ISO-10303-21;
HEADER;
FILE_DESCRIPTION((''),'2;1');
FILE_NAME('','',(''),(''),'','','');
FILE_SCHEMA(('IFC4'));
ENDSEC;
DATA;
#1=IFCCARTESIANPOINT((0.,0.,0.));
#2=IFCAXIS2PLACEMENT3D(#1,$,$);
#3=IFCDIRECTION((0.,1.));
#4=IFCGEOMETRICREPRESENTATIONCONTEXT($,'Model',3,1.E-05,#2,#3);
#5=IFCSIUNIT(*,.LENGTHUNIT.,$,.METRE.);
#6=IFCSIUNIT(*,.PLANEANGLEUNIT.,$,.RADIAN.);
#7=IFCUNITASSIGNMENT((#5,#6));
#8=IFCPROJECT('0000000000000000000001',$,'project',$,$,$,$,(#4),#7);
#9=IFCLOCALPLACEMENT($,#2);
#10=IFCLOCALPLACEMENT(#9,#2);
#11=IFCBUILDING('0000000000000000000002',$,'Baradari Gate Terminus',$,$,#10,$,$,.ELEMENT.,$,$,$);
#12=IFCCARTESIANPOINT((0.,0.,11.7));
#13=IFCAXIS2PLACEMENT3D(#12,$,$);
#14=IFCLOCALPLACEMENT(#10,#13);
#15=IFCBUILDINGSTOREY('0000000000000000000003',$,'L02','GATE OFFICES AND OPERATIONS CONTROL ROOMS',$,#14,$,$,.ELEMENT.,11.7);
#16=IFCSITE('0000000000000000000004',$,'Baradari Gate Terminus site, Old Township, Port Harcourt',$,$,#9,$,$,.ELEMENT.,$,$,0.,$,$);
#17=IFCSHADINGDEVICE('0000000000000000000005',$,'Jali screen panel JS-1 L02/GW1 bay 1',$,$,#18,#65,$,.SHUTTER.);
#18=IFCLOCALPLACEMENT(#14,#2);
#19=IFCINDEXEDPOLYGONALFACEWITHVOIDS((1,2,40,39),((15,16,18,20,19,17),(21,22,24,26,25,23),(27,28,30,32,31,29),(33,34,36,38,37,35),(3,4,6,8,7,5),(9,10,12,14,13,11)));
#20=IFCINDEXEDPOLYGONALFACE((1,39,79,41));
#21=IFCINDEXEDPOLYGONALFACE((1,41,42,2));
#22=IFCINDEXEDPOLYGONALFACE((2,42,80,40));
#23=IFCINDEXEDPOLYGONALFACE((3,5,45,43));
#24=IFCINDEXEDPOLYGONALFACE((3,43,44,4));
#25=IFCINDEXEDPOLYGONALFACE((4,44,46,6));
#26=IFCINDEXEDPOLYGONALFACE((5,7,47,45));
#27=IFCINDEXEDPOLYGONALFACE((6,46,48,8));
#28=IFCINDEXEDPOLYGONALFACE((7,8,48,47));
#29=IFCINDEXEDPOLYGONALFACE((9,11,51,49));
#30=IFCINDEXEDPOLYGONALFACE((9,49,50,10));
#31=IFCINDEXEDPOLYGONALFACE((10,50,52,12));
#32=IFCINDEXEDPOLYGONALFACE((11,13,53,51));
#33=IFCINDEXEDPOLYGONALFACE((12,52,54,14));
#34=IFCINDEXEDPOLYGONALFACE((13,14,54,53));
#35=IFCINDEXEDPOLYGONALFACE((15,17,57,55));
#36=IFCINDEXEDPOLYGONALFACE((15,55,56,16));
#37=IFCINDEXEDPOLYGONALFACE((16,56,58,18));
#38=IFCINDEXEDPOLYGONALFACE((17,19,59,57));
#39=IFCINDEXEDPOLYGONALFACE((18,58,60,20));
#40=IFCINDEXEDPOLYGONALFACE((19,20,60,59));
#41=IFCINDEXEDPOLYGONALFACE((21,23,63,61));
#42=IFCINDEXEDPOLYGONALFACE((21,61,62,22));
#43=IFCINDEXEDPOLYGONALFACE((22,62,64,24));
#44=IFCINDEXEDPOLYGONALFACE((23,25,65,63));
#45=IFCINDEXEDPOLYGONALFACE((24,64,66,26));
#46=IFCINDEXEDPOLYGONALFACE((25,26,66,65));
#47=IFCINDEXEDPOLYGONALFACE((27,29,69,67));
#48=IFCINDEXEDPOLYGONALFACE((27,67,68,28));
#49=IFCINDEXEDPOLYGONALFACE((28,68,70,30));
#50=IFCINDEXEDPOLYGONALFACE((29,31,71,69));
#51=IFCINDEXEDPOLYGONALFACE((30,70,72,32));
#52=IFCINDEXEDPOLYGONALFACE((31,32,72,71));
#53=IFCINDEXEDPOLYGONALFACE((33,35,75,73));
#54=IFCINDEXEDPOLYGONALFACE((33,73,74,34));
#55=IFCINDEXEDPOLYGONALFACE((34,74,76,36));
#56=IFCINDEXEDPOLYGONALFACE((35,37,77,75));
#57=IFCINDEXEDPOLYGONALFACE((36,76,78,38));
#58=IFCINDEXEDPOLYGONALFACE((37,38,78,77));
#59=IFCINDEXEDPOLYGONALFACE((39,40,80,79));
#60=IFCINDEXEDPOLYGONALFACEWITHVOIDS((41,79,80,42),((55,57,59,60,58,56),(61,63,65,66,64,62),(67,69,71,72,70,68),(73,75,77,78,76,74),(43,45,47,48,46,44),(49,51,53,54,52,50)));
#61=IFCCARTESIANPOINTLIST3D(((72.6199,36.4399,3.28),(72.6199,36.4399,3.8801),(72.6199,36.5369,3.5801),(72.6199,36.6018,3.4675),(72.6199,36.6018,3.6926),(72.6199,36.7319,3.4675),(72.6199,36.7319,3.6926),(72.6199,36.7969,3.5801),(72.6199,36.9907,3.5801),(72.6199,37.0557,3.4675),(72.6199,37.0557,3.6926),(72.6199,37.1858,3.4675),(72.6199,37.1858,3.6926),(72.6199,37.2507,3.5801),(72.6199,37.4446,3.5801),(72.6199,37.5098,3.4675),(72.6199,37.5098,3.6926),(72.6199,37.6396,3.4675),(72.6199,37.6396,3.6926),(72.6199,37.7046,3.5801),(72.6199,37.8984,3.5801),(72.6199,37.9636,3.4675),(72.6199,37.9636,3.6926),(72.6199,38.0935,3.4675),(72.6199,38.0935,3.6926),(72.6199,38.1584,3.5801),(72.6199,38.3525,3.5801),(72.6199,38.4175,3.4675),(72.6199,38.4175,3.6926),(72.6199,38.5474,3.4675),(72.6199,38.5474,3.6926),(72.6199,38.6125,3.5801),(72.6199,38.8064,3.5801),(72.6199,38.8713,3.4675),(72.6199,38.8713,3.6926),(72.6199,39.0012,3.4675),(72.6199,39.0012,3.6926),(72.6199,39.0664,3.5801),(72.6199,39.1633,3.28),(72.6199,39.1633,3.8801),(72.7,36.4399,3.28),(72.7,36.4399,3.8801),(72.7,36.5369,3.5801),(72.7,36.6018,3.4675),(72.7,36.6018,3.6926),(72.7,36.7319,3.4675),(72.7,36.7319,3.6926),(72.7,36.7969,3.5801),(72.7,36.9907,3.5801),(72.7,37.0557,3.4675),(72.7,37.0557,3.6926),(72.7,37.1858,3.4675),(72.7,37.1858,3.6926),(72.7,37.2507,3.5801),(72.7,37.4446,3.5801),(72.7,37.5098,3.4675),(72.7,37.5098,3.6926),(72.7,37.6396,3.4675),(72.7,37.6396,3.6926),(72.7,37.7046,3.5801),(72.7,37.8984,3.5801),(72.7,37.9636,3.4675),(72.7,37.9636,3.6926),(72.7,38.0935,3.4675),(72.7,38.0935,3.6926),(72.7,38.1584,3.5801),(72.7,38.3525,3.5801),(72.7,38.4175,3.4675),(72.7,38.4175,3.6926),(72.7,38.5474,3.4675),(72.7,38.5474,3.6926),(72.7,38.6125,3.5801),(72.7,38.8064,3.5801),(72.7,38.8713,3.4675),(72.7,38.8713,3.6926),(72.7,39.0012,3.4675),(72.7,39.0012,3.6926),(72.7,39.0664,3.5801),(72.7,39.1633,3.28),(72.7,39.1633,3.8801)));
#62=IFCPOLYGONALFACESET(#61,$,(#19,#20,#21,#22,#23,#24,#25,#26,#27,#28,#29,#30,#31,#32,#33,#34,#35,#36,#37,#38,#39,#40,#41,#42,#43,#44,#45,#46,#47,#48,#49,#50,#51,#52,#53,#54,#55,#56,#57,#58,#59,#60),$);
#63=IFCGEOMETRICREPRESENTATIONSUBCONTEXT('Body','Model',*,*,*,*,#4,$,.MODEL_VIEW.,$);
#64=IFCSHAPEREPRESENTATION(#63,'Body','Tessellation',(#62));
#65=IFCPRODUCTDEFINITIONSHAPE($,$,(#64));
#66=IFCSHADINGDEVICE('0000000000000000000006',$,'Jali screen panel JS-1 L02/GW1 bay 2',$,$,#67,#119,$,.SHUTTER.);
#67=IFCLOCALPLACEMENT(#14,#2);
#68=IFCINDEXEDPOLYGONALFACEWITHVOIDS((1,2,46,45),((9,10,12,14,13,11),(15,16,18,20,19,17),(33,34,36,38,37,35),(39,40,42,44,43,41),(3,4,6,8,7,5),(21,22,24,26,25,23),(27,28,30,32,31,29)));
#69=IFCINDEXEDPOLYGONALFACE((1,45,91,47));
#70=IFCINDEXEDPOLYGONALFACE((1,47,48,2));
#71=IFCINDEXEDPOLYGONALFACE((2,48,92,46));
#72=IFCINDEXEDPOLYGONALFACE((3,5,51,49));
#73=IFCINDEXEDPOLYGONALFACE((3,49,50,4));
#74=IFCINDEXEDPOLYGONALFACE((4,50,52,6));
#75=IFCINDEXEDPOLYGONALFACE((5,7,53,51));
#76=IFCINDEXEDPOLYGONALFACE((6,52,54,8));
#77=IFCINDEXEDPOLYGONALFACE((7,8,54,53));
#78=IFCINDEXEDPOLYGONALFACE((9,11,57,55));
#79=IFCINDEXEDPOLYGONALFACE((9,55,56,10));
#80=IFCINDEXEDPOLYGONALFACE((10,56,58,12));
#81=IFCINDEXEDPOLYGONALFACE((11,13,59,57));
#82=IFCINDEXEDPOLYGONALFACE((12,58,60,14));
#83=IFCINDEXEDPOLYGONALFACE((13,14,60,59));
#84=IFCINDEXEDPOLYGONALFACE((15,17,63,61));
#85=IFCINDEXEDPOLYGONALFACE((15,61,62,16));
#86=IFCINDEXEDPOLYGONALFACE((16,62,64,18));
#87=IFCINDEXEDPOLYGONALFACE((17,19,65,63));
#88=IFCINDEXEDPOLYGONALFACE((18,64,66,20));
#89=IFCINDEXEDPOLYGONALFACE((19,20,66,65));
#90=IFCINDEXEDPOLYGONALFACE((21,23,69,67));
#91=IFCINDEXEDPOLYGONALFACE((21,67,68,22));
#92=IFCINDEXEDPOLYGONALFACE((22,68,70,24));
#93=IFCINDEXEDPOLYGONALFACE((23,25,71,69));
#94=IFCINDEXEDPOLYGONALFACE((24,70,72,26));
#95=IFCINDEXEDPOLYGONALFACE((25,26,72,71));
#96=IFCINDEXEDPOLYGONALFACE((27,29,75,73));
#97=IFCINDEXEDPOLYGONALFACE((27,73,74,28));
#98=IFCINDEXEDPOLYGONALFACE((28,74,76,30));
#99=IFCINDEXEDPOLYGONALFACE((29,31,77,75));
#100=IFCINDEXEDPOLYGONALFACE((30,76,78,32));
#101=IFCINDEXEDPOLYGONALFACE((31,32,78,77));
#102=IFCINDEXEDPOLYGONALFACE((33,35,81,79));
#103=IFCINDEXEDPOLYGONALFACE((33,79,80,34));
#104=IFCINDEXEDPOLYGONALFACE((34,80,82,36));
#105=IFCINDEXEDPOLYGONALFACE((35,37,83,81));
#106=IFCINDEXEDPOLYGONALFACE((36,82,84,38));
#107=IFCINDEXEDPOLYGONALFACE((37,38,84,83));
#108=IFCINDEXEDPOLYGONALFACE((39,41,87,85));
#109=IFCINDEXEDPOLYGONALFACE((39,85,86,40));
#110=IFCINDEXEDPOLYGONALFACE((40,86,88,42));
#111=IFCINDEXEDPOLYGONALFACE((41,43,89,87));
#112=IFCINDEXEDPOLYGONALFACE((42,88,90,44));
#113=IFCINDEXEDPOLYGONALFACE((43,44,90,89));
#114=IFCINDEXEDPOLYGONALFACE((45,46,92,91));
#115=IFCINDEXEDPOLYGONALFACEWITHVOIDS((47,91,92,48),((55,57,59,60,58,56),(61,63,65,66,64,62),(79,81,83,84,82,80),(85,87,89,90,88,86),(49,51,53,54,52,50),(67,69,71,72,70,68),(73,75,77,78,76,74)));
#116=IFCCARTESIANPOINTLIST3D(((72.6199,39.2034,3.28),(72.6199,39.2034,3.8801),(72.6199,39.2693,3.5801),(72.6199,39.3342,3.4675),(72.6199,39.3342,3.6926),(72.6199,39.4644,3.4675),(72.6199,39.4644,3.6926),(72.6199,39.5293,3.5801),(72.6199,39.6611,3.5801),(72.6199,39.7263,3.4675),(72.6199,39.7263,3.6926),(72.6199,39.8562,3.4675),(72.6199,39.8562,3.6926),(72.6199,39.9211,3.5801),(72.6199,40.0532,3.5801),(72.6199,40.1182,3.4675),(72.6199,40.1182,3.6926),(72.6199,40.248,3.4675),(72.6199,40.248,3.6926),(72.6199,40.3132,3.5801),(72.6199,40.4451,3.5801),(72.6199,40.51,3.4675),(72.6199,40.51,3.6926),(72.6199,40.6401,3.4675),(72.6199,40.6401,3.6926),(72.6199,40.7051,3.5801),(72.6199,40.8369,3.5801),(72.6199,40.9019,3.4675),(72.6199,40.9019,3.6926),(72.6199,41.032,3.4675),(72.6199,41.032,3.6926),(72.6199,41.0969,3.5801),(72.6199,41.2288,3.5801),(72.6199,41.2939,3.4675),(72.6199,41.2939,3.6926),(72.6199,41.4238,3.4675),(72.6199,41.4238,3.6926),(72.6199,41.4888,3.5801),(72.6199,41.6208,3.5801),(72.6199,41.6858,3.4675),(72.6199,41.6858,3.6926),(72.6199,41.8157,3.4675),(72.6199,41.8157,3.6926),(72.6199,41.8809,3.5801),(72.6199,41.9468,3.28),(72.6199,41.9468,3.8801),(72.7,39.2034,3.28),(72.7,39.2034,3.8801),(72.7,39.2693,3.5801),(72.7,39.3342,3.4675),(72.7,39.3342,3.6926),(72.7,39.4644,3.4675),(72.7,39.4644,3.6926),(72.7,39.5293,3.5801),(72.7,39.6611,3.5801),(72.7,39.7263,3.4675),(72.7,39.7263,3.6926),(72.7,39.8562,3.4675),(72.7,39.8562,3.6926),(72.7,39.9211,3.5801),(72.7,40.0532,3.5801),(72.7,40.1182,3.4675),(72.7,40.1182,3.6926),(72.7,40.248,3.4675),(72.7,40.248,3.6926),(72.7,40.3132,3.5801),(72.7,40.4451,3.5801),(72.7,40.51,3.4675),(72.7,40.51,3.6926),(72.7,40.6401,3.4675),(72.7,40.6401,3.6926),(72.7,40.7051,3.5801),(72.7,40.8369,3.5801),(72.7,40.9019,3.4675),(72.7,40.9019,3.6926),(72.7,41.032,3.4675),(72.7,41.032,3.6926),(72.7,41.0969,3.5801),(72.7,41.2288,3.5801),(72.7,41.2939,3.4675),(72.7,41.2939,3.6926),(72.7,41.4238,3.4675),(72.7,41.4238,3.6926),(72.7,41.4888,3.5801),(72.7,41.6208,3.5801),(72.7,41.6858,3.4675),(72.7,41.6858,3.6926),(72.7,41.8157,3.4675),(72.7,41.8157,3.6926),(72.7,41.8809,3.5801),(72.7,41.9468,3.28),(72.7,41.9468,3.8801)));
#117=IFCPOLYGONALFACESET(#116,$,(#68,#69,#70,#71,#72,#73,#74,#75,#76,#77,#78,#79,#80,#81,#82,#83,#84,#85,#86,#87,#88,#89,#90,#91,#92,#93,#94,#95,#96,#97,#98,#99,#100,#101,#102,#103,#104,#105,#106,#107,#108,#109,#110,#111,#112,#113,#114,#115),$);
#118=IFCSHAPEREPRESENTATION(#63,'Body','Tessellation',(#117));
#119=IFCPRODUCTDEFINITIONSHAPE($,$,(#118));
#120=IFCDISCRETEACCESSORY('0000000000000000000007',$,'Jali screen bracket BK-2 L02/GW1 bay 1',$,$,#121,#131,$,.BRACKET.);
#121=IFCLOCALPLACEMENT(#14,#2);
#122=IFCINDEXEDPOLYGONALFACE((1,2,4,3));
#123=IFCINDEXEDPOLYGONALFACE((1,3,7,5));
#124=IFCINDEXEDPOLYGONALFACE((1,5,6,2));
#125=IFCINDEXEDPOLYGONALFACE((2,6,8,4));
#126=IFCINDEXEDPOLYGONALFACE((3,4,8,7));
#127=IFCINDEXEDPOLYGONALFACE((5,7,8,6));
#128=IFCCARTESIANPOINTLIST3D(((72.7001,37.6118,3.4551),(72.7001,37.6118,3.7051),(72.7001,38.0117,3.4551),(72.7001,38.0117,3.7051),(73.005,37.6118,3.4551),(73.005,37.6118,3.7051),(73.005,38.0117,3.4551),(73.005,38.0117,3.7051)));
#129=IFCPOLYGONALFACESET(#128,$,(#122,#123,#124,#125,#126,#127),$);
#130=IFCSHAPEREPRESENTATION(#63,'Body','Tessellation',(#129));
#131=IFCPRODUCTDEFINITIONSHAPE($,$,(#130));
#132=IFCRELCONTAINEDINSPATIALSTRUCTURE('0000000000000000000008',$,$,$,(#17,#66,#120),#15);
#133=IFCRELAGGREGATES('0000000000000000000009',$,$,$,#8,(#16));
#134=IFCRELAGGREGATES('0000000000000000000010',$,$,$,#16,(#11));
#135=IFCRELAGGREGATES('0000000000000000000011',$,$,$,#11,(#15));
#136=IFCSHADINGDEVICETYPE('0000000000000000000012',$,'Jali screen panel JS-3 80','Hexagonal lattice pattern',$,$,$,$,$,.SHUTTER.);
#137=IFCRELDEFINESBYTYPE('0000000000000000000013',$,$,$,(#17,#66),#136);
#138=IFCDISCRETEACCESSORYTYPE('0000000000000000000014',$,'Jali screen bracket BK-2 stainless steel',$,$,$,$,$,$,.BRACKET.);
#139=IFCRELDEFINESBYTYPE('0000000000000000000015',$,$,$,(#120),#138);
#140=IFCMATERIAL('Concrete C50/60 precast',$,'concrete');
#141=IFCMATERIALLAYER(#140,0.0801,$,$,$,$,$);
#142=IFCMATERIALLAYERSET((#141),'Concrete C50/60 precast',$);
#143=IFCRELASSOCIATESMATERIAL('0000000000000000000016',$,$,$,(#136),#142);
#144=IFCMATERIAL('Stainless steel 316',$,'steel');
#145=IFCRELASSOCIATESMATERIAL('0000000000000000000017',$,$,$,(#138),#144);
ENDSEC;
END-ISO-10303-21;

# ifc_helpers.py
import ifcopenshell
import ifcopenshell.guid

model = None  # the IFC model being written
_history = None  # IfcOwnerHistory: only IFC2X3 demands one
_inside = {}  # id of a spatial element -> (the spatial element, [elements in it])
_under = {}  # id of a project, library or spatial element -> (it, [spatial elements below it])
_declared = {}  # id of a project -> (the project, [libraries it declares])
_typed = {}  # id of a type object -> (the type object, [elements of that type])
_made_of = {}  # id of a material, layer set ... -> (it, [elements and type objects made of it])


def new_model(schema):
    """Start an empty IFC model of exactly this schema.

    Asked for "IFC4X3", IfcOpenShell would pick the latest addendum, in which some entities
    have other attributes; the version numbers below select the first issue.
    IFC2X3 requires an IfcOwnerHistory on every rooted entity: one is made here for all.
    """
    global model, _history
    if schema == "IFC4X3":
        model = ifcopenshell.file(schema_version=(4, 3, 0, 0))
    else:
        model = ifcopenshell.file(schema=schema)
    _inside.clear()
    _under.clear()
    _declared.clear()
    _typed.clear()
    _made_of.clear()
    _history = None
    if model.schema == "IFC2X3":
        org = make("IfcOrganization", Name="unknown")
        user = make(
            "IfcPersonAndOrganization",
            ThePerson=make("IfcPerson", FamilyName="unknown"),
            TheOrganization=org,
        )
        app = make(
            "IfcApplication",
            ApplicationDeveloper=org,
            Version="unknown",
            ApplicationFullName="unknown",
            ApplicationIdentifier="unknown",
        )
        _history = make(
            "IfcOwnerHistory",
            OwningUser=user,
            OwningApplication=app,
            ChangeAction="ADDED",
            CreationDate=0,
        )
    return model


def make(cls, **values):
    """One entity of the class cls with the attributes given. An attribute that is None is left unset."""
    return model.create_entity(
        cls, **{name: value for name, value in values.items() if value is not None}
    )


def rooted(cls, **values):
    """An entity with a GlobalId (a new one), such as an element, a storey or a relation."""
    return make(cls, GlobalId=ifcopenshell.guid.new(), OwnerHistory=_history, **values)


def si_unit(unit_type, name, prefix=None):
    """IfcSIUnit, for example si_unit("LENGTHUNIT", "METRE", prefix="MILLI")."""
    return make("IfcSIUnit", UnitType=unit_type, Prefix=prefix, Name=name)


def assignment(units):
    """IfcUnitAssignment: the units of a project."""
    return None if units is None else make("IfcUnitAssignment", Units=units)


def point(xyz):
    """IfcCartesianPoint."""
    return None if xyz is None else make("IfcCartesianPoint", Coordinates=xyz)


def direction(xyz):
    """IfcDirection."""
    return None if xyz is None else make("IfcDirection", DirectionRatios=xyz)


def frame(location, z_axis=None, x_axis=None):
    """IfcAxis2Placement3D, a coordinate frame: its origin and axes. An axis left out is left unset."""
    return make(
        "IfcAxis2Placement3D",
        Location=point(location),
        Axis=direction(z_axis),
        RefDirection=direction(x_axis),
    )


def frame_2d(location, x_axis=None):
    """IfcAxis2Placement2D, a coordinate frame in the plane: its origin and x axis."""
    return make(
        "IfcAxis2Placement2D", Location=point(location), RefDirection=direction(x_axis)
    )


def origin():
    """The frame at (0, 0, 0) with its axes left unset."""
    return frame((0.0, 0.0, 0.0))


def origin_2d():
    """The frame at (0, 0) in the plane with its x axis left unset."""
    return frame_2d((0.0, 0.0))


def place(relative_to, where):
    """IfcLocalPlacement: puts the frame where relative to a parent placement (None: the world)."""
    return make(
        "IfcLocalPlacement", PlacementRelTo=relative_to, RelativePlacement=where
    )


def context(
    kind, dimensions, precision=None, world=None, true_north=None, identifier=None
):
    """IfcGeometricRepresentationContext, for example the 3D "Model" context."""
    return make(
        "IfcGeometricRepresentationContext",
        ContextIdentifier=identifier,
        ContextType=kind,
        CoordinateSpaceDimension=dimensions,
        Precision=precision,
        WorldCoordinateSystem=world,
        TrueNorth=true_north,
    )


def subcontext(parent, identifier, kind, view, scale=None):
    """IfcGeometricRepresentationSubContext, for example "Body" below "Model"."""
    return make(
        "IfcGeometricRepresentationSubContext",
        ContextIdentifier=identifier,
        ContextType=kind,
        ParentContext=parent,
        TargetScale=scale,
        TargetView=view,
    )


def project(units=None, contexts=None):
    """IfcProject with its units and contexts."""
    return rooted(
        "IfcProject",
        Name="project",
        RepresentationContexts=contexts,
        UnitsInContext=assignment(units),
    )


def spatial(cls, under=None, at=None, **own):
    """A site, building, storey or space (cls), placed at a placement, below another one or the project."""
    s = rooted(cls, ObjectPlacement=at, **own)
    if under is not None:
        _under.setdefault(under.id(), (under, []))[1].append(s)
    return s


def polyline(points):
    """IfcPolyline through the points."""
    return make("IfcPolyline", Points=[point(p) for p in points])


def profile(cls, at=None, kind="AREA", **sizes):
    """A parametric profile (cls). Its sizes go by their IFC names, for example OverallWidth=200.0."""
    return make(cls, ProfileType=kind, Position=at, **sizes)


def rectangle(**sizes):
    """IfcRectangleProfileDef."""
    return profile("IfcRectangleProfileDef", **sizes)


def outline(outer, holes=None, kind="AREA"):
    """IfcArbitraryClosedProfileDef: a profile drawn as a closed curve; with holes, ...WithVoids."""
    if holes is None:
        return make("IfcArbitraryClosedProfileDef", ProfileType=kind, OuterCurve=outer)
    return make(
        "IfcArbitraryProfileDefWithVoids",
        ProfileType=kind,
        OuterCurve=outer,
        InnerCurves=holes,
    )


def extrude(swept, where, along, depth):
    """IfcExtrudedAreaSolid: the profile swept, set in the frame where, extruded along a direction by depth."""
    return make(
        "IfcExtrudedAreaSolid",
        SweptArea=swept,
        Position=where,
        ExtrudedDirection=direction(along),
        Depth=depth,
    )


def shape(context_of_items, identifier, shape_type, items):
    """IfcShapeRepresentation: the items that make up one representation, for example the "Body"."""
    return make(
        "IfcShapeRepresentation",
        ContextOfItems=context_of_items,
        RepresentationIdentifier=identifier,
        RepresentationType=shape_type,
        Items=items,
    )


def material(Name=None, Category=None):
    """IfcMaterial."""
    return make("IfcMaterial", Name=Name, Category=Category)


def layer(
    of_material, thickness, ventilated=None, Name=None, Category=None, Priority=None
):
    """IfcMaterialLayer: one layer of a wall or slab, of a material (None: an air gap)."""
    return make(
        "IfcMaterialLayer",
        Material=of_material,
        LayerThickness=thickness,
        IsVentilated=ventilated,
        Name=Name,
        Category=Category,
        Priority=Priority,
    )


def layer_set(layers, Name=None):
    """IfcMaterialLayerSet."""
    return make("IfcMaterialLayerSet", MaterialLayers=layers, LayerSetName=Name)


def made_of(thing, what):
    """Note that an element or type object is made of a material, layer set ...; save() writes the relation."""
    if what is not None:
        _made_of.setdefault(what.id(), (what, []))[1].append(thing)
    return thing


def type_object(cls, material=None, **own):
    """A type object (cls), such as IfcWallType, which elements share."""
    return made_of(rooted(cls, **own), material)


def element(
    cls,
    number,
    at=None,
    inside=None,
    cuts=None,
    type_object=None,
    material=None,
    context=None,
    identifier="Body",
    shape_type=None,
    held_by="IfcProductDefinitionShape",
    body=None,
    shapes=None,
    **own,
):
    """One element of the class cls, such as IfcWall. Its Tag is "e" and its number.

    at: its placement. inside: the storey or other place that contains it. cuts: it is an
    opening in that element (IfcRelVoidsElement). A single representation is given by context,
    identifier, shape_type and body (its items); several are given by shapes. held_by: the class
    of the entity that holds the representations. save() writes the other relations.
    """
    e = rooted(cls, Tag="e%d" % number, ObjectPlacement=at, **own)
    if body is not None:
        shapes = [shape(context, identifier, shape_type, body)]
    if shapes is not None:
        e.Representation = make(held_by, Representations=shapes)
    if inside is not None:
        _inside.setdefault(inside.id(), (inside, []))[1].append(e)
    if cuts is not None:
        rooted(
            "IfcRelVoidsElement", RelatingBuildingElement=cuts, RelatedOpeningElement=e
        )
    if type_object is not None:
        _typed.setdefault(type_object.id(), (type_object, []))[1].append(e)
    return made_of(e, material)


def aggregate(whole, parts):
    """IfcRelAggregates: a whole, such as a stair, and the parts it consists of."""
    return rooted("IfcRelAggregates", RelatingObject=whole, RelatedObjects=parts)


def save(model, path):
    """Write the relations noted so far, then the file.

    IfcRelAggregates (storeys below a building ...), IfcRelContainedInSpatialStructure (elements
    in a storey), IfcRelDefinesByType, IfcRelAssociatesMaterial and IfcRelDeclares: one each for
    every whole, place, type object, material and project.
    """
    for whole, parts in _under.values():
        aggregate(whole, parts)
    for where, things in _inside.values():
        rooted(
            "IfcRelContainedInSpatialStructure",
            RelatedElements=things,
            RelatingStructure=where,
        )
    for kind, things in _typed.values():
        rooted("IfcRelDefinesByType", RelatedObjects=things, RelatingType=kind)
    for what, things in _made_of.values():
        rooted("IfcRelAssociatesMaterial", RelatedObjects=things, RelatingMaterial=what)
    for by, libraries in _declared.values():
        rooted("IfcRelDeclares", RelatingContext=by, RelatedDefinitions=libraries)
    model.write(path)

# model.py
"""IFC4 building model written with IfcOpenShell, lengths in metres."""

from ifc_helpers import new_model, si_unit, direction, frame, origin, origin_2d, place, context, subcontext, project, spatial, polyline, rectangle, outline, extrude, material, layer, layer_set, type_object, element, save


model = new_model("IFC4")

# Units and contexts
model_context = context("Model", 3, precision=1e-05, world=origin(), true_north=direction((0.0, 1.0)))
body_context = subcontext(model_context, "Body", "Model", "MODEL_VIEW")
ifc_project = project(units=[si_unit("LENGTHUNIT", "METRE"), si_unit("PLANEANGLEUNIT", "RADIAN")], contexts=[model_context])

# Site, building, storey
site_placement = place(None, origin())
site = spatial("IfcSite", under=ifc_project, at=site_placement, Name="Baradari Gate Terminus site, Old Township, Port Harcourt", CompositionType="ELEMENT", RefElevation=0.0)
building_placement = place(site_placement, origin())
building = spatial("IfcBuilding", under=site, at=building_placement, Name="Baradari Gate Terminus", CompositionType="ELEMENT")
storey_placement = place(building_placement, frame((0.0, 0.0, 11.7)))
storey = spatial("IfcBuildingStorey", under=building, at=storey_placement, Name="L02", Description="GATE OFFICES AND OPERATIONS CONTROL ROOMS", CompositionType="ELEMENT", Elevation=11.7)

# Shading devices
ifc_material_1 = material(Name="Concrete C50/60 precast", Category="concrete")
ifc_layer_1 = layer(ifc_material_1, 0.0801)
ifc_layer_set_1 = layer_set([ifc_layer_1], Name="Concrete C50/60 precast")
shading_device_type = type_object("IfcShadingDeviceType", Name="Jali screen panel JS-3 80", Description="Hexagonal lattice pattern", PredefinedType="SHUTTER", material=ifc_layer_set_1)
shading_device_1_placement = place(storey_placement, frame((72.6599, 36.4399, 3.28), z_axis=(0.0, 0.0, 1.0), x_axis=(0.0, 1.0, 0.0)))
element("IfcShadingDevice", 1, at=shading_device_1_placement, inside=storey, type_object=shading_device_type, Name="Jali screen panel JS-1 L02/GW1 bay 1", PredefinedType="SHUTTER", context=body_context, shape_type="SweptSolid", body=[
    extrude(outline(polyline([(0.0, 0.0), (2.7234, 0.0), (2.7234, 0.6001), (0.0, 0.6001), (0.0, 0.0)]), holes=[polyline([(0.3569, 0.3), (0.292, 0.1875), (0.1619, 0.1875), (0.0969, 0.3), (0.1619, 0.4126), (0.292, 0.4126), (0.3569, 0.3)]), polyline([(0.8108, 0.3), (0.7458, 0.1875), (0.6157, 0.1875), (0.5508, 0.3), (0.6157, 0.4126), (0.7458, 0.4126), (0.8108, 0.3)]), polyline([(1.2646, 0.3), (1.1997, 0.1875), (1.0698, 0.1875), (1.0046, 0.3), (1.0698, 0.4126), (1.1997, 0.4126), (1.2646, 0.3)]), polyline([(1.7185, 0.3), (1.6536, 0.1875), (1.5237, 0.1875), (1.4585, 0.3), (1.5237, 0.4126), (1.6536, 0.4126), (1.7185, 0.3)]), polyline([(2.1726, 0.3), (2.1074, 0.1875), (1.9775, 0.1875), (1.9126, 0.3), (1.9775, 0.4126), (2.1074, 0.4126), (2.1726, 0.3)]), polyline([(2.6265, 0.3), (2.5613, 0.1875), (2.4314, 0.1875), (2.3665, 0.3), (2.4314, 0.4126), (2.5613, 0.4126), (2.6265, 0.3)])]), frame((0.0, 0.04, 0.0), z_axis=(0.0, -1.0, 0.0), x_axis=(1.0, 0.0, 0.0)), (0.0, 0.0, 1.0), 0.0801),
])
shading_device_2_placement = place(storey_placement, frame((72.6599, 39.2034, 3.28), z_axis=(0.0, 0.0, 1.0), x_axis=(0.0, 1.0, 0.0)))
element("IfcShadingDevice", 2, at=shading_device_2_placement, inside=storey, type_object=shading_device_type, Name="Jali screen panel JS-1 L02/GW1 bay 2", PredefinedType="SHUTTER", context=body_context, shape_type="SweptSolid", body=[
    extrude(outline(polyline([(0.0, 0.0), (2.7434, 0.0), (2.7434, 0.6001), (0.0, 0.6001), (0.0, 0.0)]), holes=[polyline([(0.3259, 0.3), (0.261, 0.1875), (0.1309, 0.1875), (0.0659, 0.3), (0.1309, 0.4126), (0.261, 0.4126), (0.3259, 0.3)]), polyline([(0.7178, 0.3), (0.6528, 0.1875), (0.5229, 0.1875), (0.4578, 0.3), (0.5229, 0.4126), (0.6528, 0.4126), (0.7178, 0.3)]), polyline([(1.1099, 0.3), (1.0447, 0.1875), (0.9148, 0.1875), (0.8499, 0.3), (0.9148, 0.4126), (1.0447, 0.4126), (1.1099, 0.3)]), polyline([(1.5017, 0.3), (1.4368, 0.1875), (1.3066, 0.1875), (1.2417, 0.3), (1.3066, 0.4126), (1.4368, 0.4126), (1.5017, 0.3)]), polyline([(1.8936, 0.3), (1.8286, 0.1875), (1.6985, 0.1875), (1.6335, 0.3), (1.6985, 0.4126), (1.8286, 0.4126), (1.8936, 0.3)]), polyline([(2.2854, 0.3), (2.2205, 0.1875), (2.0906, 0.1875), (2.0254, 0.3), (2.0906, 0.4126), (2.2205, 0.4126), (2.2854, 0.3)]), polyline([(2.6775, 0.3), (2.6123, 0.1875), (2.4824, 0.1875), (2.4175, 0.3), (2.4824, 0.4126), (2.6123, 0.4126), (2.6775, 0.3)])]), frame((0.0, 0.04, 0.0), z_axis=(0.0, -1.0, 0.0), x_axis=(1.0, 0.0, 0.0)), (0.0, 0.0, 1.0), 0.0801),
])

# Discrete accessory
ifc_material_2 = material(Name="Stainless steel 316", Category="steel")
discrete_accessory_type = type_object("IfcDiscreteAccessoryType", Name="Jali screen bracket BK-2 stainless steel", PredefinedType="BRACKET", material=ifc_material_2)
discrete_accessory_placement = place(storey_placement, frame((72.8525, 37.8118, 3.4551), z_axis=(0.0, 0.0, 1.0), x_axis=(-1.0, 0.0, 0.0)))
element("IfcDiscreteAccessory", 3, at=discrete_accessory_placement, inside=storey, type_object=discrete_accessory_type, Name="Jali screen bracket BK-2 L02/GW1 bay 1", PredefinedType="BRACKET", context=body_context, shape_type="SweptSolid", body=[
    extrude(rectangle(XDim=0.3049, YDim=0.3999, at=origin_2d()), origin(), (0.0, 0.0, 1.0), 0.25),
])

save(model, "model.ifc")
